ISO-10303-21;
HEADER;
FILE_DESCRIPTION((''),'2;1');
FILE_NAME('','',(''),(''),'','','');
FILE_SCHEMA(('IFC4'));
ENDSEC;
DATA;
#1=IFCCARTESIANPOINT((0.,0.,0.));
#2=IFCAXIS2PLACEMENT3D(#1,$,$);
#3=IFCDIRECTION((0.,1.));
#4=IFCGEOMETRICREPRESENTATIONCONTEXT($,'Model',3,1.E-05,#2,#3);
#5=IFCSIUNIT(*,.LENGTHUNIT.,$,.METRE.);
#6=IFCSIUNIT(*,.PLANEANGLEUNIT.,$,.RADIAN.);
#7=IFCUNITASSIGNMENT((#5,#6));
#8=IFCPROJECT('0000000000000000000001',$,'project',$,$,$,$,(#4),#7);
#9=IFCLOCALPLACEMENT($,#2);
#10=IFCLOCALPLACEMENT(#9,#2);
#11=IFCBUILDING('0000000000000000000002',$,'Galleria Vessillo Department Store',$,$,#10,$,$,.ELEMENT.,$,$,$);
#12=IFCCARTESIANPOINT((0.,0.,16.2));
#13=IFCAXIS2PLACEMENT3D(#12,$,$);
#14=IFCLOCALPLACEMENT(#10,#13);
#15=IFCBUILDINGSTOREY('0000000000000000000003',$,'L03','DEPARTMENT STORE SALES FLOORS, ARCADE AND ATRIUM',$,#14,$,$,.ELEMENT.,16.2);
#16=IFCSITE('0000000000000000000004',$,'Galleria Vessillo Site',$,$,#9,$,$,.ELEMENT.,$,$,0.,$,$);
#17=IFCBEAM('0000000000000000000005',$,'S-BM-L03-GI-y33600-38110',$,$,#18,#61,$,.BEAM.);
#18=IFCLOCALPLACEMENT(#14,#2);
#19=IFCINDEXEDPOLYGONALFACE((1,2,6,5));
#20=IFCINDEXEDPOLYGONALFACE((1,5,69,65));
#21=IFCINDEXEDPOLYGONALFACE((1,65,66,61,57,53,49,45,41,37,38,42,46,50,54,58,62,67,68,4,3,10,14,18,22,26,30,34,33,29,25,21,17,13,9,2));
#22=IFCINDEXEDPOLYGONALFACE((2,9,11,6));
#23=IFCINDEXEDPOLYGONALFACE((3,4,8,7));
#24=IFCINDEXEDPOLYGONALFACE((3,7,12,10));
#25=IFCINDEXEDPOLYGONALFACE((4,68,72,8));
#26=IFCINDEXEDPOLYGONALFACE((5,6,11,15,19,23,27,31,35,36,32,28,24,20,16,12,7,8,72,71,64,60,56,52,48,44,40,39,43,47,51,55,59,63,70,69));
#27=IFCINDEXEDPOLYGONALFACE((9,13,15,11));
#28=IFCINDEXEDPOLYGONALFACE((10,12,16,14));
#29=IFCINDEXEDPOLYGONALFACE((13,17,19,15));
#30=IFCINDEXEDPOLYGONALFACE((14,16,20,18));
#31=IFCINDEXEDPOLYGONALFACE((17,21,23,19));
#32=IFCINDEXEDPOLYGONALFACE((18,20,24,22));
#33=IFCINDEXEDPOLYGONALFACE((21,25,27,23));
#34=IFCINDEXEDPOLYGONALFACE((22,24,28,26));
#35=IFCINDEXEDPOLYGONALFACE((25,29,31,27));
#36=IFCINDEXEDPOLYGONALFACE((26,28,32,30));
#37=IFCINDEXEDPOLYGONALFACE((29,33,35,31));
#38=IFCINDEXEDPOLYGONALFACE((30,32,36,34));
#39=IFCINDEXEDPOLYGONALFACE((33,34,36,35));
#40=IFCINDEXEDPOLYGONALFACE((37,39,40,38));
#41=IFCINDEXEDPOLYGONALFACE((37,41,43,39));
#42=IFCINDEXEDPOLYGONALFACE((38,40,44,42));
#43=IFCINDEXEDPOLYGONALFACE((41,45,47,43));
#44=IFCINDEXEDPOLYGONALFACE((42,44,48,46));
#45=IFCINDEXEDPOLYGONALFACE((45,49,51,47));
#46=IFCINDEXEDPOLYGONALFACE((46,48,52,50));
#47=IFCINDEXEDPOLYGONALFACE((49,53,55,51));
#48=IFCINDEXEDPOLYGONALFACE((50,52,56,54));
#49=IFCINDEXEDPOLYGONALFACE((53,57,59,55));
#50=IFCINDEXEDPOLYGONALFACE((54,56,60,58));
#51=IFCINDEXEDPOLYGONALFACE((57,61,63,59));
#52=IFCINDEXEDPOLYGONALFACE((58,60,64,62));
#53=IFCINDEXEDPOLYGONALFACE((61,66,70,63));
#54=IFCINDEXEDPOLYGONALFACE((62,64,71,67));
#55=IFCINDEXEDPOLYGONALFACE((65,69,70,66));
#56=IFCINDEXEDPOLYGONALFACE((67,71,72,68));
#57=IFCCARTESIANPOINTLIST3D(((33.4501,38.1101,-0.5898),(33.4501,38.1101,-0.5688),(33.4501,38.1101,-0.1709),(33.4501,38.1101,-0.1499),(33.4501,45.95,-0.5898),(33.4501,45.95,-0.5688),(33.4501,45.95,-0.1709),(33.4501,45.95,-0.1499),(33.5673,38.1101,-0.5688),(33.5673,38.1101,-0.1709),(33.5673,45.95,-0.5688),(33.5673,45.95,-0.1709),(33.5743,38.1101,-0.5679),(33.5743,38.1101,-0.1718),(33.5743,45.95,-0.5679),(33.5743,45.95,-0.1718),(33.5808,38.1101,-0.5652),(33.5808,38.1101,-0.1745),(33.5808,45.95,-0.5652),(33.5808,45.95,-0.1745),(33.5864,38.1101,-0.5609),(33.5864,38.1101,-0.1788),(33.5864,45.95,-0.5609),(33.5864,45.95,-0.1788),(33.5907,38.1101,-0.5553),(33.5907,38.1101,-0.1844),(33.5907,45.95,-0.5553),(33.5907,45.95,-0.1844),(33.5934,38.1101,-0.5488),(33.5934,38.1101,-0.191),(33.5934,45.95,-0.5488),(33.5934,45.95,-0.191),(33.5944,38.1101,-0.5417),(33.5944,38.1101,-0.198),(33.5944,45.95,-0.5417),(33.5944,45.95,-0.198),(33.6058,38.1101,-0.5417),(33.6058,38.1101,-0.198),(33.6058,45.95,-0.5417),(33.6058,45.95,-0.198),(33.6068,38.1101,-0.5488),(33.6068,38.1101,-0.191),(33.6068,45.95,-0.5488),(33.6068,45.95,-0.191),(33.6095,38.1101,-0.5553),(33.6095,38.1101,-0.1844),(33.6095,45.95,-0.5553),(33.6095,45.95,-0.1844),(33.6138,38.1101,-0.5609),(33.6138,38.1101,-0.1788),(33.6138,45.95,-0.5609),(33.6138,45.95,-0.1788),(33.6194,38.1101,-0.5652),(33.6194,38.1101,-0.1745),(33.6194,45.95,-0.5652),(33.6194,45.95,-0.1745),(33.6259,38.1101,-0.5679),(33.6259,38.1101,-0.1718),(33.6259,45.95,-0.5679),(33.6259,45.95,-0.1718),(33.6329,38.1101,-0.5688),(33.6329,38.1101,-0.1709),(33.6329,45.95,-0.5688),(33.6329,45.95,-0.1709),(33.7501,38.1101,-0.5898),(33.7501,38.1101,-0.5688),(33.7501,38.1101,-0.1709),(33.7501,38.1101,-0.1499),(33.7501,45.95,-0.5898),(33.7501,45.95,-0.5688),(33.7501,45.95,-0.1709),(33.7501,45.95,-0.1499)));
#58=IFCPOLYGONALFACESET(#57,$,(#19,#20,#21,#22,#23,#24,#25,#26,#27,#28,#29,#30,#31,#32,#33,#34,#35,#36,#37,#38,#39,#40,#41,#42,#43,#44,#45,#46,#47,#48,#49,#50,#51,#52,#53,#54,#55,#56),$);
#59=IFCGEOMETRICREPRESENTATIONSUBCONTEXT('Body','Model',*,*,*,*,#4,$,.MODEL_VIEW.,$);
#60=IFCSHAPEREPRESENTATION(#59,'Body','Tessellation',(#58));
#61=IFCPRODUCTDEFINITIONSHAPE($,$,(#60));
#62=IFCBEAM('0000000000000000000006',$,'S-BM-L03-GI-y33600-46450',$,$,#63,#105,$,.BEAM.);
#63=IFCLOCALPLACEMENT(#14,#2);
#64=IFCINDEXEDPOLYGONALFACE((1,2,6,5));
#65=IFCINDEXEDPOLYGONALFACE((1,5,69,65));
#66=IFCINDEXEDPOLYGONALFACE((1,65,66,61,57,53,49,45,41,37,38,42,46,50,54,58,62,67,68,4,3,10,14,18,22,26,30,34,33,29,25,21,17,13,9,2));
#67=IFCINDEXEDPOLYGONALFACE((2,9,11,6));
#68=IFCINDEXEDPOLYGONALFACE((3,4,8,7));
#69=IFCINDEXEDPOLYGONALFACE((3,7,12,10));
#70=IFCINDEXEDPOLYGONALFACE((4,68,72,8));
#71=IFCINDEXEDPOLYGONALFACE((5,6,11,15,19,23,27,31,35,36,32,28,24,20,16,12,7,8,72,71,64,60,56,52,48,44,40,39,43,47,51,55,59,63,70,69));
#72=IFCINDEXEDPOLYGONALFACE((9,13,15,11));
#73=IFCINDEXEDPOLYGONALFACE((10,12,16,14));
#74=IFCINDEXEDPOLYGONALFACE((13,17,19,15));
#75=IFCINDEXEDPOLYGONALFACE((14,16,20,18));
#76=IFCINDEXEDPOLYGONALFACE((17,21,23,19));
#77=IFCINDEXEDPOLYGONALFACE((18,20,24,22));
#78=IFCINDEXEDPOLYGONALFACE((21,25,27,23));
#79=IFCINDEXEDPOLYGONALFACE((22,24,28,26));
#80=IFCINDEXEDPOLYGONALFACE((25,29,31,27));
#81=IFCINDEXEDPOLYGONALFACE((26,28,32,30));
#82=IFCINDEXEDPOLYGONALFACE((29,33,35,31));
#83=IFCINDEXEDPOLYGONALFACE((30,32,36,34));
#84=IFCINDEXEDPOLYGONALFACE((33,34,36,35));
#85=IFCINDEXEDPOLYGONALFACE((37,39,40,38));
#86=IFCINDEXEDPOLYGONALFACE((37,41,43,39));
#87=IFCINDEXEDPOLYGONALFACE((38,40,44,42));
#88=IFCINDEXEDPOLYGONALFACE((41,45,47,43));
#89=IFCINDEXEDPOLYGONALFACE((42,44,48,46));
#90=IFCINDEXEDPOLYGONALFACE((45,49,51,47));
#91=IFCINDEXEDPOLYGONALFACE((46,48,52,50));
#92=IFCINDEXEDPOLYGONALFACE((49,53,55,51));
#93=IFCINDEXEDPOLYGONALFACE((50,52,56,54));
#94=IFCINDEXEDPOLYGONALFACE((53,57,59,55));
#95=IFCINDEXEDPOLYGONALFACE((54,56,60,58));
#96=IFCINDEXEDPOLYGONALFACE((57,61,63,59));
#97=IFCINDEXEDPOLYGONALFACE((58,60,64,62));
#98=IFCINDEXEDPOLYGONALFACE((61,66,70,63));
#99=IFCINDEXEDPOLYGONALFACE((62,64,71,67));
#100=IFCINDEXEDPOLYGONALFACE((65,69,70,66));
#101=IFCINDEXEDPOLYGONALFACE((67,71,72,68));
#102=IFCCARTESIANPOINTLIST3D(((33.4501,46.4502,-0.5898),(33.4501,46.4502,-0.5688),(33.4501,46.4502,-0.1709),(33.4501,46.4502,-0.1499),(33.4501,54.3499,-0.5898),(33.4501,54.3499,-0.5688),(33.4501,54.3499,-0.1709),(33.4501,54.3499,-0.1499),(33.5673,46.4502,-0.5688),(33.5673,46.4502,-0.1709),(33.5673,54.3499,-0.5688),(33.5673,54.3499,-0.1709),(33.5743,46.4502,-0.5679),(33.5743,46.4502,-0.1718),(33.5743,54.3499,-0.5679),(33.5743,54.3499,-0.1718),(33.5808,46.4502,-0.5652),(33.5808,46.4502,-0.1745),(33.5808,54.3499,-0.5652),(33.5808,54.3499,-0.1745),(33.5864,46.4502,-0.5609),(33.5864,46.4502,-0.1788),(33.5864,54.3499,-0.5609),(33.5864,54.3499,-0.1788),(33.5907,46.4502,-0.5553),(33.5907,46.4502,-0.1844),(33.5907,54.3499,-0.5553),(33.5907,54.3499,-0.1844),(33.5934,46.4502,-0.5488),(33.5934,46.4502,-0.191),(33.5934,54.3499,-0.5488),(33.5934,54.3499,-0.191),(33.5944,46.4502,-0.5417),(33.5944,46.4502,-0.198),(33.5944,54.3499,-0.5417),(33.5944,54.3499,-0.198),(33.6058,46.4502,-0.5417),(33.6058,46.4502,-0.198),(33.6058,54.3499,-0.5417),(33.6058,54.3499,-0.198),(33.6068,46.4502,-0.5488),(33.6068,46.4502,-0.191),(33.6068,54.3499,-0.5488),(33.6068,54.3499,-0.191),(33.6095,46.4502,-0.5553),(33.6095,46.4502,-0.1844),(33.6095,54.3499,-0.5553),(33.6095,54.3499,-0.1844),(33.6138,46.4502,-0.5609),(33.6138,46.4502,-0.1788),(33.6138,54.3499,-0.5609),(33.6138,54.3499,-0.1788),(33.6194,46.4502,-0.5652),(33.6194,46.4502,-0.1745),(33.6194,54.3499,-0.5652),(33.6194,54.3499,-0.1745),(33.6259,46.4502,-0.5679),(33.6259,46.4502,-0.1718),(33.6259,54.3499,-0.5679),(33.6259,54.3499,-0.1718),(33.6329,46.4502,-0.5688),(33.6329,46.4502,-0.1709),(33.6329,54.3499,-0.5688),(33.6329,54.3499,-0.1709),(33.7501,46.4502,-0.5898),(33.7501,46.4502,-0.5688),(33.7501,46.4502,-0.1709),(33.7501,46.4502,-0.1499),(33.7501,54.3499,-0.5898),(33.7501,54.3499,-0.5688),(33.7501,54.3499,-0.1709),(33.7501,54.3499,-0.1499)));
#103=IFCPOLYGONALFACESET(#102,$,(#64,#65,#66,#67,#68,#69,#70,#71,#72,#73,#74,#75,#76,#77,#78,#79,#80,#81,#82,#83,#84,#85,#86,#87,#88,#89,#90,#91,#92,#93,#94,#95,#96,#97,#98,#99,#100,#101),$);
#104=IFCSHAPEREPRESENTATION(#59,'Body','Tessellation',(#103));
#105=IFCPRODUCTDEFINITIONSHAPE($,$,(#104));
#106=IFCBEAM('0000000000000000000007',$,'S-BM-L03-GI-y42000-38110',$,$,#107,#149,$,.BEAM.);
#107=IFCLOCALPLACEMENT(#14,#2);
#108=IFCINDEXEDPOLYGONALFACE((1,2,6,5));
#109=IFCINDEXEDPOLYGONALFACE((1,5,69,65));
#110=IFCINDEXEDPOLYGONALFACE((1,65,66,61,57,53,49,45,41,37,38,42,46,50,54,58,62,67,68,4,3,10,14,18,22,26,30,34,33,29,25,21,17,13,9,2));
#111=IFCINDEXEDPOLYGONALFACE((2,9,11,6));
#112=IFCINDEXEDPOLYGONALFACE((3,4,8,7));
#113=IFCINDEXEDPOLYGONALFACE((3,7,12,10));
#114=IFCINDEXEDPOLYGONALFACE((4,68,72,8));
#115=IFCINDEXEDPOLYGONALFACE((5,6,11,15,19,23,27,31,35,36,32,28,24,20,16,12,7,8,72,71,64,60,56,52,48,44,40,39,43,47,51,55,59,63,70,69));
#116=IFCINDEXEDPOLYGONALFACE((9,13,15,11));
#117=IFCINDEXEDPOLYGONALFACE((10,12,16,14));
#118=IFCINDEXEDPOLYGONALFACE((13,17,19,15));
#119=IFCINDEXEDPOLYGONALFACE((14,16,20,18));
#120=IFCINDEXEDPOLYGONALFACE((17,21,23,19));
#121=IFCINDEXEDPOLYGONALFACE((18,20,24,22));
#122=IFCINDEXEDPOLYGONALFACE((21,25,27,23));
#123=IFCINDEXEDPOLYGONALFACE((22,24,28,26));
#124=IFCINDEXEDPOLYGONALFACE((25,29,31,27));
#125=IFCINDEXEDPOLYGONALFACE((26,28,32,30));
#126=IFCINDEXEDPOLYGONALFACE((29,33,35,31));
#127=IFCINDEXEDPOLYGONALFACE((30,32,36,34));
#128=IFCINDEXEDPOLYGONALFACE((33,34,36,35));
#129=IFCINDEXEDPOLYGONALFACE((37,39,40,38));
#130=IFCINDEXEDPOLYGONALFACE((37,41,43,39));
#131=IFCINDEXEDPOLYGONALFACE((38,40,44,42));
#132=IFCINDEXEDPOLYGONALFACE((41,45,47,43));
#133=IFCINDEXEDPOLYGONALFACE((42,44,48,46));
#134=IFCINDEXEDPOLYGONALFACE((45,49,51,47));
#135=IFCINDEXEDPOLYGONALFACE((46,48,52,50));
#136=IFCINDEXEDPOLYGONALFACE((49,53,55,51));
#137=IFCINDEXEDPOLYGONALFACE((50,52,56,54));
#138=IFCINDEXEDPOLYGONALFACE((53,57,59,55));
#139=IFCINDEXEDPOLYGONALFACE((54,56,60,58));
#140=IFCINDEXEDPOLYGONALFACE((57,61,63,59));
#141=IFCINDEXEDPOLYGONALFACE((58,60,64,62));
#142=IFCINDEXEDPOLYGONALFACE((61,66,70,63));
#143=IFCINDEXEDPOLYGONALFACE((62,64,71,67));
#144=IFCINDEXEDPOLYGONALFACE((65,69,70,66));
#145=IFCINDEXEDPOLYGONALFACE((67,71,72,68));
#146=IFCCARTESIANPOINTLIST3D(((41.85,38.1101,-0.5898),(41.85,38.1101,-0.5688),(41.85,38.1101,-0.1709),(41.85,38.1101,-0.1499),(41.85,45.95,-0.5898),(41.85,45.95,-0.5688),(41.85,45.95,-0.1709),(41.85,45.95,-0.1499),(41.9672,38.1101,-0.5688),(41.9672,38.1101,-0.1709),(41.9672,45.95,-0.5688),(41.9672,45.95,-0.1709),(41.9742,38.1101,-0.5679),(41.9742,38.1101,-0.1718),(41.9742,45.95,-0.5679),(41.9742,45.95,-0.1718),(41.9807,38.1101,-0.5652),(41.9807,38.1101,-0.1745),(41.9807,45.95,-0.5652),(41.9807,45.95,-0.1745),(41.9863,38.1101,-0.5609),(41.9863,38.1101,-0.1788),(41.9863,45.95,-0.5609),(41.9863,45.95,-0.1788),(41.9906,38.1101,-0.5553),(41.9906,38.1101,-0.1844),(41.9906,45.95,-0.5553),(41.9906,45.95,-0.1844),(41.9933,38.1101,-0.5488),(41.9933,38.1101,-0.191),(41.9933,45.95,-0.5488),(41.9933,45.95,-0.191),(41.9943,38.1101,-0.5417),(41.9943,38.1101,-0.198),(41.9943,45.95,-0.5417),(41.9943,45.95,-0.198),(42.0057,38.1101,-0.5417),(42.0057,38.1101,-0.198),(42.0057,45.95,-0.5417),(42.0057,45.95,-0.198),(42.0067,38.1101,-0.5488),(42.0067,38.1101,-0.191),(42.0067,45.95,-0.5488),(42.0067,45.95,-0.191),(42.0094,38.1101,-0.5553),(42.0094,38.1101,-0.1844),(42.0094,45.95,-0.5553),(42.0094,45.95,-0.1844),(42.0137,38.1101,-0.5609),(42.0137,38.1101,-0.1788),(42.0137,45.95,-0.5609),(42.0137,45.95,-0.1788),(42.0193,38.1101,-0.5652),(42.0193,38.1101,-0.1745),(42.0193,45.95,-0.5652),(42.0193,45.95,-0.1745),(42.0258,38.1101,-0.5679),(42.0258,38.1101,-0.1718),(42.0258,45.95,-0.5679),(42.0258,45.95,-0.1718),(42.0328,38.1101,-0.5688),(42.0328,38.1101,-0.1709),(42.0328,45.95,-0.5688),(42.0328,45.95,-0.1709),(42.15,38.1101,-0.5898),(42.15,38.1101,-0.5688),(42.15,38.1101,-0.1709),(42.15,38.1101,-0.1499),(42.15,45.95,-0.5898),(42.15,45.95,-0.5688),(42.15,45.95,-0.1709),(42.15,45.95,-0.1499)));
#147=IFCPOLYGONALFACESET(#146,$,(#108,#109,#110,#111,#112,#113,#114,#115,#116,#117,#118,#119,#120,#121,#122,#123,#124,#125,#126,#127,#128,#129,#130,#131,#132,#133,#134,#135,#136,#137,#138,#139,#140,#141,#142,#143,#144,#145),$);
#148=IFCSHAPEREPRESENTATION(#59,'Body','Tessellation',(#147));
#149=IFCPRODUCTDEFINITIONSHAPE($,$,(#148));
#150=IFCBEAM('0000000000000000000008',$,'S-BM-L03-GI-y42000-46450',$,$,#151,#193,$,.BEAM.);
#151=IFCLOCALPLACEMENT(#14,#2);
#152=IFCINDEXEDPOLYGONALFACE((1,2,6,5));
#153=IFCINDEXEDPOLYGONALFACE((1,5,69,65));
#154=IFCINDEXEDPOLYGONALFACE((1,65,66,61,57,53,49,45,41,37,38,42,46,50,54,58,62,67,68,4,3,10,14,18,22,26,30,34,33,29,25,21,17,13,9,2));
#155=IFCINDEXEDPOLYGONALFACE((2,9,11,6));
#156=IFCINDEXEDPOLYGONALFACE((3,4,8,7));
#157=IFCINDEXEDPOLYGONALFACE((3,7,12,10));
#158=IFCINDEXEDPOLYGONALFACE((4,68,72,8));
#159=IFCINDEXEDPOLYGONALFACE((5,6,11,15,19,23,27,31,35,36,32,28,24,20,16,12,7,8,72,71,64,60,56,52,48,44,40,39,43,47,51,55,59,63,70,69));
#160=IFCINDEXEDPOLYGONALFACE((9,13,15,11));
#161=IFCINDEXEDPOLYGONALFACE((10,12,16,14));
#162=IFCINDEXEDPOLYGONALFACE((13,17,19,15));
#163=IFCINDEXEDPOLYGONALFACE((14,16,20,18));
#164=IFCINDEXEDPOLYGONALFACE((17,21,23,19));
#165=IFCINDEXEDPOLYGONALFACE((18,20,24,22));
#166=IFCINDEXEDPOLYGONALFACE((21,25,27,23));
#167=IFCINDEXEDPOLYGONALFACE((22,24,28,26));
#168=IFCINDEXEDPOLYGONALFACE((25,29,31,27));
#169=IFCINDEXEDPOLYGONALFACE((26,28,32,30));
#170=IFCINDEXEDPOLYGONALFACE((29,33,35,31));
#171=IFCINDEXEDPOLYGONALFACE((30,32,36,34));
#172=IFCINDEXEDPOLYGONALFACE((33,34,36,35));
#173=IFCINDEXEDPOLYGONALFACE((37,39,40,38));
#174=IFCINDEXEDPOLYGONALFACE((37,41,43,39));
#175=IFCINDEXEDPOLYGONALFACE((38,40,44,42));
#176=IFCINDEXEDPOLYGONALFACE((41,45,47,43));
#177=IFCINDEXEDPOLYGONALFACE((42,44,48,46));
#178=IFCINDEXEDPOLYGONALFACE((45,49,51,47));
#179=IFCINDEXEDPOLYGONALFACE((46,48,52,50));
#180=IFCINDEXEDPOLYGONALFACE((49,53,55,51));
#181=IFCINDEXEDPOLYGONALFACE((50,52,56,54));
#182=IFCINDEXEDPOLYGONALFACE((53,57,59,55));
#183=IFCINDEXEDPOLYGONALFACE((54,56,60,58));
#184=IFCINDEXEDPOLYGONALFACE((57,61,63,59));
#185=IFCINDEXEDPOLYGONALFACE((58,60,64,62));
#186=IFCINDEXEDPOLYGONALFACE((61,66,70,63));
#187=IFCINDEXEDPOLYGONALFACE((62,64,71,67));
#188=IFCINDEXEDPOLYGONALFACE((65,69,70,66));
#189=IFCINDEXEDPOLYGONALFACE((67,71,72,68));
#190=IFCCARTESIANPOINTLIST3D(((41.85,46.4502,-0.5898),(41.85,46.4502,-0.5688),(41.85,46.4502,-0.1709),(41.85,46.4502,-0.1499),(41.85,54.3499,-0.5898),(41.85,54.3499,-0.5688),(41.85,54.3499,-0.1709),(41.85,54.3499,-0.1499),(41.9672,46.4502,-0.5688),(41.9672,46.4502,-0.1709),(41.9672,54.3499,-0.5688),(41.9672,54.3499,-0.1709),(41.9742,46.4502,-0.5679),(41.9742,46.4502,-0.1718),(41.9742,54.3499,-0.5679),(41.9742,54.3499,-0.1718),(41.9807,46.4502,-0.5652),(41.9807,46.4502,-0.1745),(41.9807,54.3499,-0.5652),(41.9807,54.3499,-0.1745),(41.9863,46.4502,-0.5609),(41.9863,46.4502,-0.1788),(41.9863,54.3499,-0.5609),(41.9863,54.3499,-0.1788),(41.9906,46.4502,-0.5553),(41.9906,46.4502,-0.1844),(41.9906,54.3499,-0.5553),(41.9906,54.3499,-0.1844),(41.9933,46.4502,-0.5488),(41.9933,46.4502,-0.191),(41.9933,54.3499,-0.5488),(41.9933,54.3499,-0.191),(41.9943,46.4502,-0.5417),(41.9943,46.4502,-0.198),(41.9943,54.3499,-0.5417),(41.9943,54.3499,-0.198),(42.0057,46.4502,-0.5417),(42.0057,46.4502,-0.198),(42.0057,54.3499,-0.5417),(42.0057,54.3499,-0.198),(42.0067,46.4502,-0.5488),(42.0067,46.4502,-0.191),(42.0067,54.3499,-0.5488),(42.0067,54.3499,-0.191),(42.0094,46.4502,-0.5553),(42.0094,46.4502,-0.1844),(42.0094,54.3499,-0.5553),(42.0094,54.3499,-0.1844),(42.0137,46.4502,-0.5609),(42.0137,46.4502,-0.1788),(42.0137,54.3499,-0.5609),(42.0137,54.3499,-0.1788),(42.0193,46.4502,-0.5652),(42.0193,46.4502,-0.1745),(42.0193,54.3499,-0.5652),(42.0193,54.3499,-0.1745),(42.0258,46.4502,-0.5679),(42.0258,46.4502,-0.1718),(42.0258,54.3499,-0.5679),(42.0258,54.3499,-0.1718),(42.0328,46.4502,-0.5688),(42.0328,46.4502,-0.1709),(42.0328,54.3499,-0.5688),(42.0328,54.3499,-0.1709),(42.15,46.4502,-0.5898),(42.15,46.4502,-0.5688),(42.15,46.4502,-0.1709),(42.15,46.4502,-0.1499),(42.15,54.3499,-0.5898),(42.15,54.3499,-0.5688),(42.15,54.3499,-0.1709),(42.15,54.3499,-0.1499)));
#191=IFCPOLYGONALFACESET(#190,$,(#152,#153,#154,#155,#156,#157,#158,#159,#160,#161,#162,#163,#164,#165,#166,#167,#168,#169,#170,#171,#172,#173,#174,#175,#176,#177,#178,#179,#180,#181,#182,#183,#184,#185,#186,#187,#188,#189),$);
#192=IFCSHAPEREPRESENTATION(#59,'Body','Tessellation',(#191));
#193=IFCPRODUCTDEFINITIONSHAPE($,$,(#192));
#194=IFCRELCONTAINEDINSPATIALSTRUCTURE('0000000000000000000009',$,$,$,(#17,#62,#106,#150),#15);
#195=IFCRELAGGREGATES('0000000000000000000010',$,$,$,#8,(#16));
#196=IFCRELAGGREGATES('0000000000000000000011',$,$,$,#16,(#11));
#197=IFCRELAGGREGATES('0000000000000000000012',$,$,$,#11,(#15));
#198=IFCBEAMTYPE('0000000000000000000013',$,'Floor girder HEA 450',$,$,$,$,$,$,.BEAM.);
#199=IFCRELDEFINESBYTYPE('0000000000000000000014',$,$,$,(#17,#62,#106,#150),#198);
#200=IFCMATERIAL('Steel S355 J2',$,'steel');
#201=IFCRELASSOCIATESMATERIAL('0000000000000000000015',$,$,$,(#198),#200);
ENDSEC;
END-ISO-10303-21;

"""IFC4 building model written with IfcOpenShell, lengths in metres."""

from ifc_helpers import new_model, si_unit, direction, frame, origin, origin_2d, place, context, subcontext, project, spatial, i_section, extrude, material, material_profile, profile_set, type_object, element, save


model = new_model("IFC4")

# Units and contexts
model_context = context("Model", 3, precision=1e-05, world=origin(), true_north=direction((0.0, 1.0)))
body_context = subcontext(model_context, "Body", "Model", "MODEL_VIEW")
ifc_project = project(units=[si_unit("LENGTHUNIT", "METRE"), si_unit("PLANEANGLEUNIT", "RADIAN")], contexts=[model_context])

# Site, building, storey
site_placement = place(None, origin())
site = spatial("IfcSite", under=ifc_project, at=site_placement, Name="Galleria Vessillo Site", CompositionType="ELEMENT", RefElevation=0.0)
building_placement = place(site_placement, origin())
building = spatial("IfcBuilding", under=site, at=building_placement, Name="Galleria Vessillo Department Store", CompositionType="ELEMENT")
storey_placement = place(building_placement, frame((0.0, 0.0, 16.2)))
storey = spatial("IfcBuildingStorey", under=building, at=storey_placement, Name="L03", Description="DEPARTMENT STORE SALES FLOORS, ARCADE AND ATRIUM", CompositionType="ELEMENT", Elevation=16.2)

# Beams
ifc_material_1 = material(Name="Steel S355 J2", Category="steel")
ifc_material_profile_1 = material_profile(ifc_material_1, i_section(OverallWidth=0.3, OverallDepth=0.4399, WebThickness=0.0115, FlangeThickness=0.021, FilletRadius=0.0271, at=origin_2d()), Name="HEA 450")
ifc_profile_set_1 = profile_set([ifc_material_profile_1], Name="Steel S355 J2")
beam_type_1 = type_object("IfcBeamType", Name="Floor girder HEA 450", PredefinedType="BEAM", material=ifc_profile_set_1)
beam_1_placement = place(storey_placement, frame((33.6001, 38.1101, -0.3699), z_axis=(0.0, 1.0, 0.0), x_axis=(-1.0, 0.0, 0.0)))
element("IfcBeam", 1, at=beam_1_placement, inside=storey, type_object=beam_type_1, Name="S-BM-L03-GI-y33600-38110", PredefinedType="BEAM", context=body_context, shape_type="SweptSolid", body=[
    extrude(i_section(OverallWidth=0.3, OverallDepth=0.4399, WebThickness=0.0115, FlangeThickness=0.021, FilletRadius=0.0271, at=origin_2d()), origin(), (0.0, 0.0, 1.0), 7.8398),
])
beam_2_placement = place(storey_placement, frame((33.6001, 46.4502, -0.3699), z_axis=(0.0, 1.0, 0.0), x_axis=(-1.0, 0.0, 0.0)))
element("IfcBeam", 2, at=beam_2_placement, inside=storey, type_object=beam_type_1, Name="S-BM-L03-GI-y33600-46450", PredefinedType="BEAM", context=body_context, shape_type="SweptSolid", body=[
    extrude(i_section(OverallWidth=0.3, OverallDepth=0.4399, WebThickness=0.0115, FlangeThickness=0.021, FilletRadius=0.0271, at=origin_2d()), origin(), (0.0, 0.0, 1.0), 7.8997),
])
beam_3_placement = place(storey_placement, frame((42.0, 38.1101, -0.3699), z_axis=(0.0, 1.0, 0.0), x_axis=(-1.0, 0.0, 0.0)))
element("IfcBeam", 3, at=beam_3_placement, inside=storey, type_object=beam_type_1, Name="S-BM-L03-GI-y42000-38110", PredefinedType="BEAM", context=body_context, shape_type="SweptSolid", body=[
    extrude(i_section(OverallWidth=0.3, OverallDepth=0.4399, WebThickness=0.0115, FlangeThickness=0.021, FilletRadius=0.0271, at=origin_2d()), origin(), (0.0, 0.0, 1.0), 7.8398),
])
beam_4_placement = place(storey_placement, frame((42.0, 46.4502, -0.3699), z_axis=(0.0, 1.0, 0.0), x_axis=(-1.0, 0.0, 0.0)))
element("IfcBeam", 4, at=beam_4_placement, inside=storey, type_object=beam_type_1, Name="S-BM-L03-GI-y42000-46450", PredefinedType="BEAM", context=body_context, shape_type="SweptSolid", body=[
    extrude(i_section(OverallWidth=0.3, OverallDepth=0.4399, WebThickness=0.0115, FlangeThickness=0.021, FilletRadius=0.0271, at=origin_2d()), origin(), (0.0, 0.0, 1.0), 7.8997),
])

save(model, "model.ifc")
